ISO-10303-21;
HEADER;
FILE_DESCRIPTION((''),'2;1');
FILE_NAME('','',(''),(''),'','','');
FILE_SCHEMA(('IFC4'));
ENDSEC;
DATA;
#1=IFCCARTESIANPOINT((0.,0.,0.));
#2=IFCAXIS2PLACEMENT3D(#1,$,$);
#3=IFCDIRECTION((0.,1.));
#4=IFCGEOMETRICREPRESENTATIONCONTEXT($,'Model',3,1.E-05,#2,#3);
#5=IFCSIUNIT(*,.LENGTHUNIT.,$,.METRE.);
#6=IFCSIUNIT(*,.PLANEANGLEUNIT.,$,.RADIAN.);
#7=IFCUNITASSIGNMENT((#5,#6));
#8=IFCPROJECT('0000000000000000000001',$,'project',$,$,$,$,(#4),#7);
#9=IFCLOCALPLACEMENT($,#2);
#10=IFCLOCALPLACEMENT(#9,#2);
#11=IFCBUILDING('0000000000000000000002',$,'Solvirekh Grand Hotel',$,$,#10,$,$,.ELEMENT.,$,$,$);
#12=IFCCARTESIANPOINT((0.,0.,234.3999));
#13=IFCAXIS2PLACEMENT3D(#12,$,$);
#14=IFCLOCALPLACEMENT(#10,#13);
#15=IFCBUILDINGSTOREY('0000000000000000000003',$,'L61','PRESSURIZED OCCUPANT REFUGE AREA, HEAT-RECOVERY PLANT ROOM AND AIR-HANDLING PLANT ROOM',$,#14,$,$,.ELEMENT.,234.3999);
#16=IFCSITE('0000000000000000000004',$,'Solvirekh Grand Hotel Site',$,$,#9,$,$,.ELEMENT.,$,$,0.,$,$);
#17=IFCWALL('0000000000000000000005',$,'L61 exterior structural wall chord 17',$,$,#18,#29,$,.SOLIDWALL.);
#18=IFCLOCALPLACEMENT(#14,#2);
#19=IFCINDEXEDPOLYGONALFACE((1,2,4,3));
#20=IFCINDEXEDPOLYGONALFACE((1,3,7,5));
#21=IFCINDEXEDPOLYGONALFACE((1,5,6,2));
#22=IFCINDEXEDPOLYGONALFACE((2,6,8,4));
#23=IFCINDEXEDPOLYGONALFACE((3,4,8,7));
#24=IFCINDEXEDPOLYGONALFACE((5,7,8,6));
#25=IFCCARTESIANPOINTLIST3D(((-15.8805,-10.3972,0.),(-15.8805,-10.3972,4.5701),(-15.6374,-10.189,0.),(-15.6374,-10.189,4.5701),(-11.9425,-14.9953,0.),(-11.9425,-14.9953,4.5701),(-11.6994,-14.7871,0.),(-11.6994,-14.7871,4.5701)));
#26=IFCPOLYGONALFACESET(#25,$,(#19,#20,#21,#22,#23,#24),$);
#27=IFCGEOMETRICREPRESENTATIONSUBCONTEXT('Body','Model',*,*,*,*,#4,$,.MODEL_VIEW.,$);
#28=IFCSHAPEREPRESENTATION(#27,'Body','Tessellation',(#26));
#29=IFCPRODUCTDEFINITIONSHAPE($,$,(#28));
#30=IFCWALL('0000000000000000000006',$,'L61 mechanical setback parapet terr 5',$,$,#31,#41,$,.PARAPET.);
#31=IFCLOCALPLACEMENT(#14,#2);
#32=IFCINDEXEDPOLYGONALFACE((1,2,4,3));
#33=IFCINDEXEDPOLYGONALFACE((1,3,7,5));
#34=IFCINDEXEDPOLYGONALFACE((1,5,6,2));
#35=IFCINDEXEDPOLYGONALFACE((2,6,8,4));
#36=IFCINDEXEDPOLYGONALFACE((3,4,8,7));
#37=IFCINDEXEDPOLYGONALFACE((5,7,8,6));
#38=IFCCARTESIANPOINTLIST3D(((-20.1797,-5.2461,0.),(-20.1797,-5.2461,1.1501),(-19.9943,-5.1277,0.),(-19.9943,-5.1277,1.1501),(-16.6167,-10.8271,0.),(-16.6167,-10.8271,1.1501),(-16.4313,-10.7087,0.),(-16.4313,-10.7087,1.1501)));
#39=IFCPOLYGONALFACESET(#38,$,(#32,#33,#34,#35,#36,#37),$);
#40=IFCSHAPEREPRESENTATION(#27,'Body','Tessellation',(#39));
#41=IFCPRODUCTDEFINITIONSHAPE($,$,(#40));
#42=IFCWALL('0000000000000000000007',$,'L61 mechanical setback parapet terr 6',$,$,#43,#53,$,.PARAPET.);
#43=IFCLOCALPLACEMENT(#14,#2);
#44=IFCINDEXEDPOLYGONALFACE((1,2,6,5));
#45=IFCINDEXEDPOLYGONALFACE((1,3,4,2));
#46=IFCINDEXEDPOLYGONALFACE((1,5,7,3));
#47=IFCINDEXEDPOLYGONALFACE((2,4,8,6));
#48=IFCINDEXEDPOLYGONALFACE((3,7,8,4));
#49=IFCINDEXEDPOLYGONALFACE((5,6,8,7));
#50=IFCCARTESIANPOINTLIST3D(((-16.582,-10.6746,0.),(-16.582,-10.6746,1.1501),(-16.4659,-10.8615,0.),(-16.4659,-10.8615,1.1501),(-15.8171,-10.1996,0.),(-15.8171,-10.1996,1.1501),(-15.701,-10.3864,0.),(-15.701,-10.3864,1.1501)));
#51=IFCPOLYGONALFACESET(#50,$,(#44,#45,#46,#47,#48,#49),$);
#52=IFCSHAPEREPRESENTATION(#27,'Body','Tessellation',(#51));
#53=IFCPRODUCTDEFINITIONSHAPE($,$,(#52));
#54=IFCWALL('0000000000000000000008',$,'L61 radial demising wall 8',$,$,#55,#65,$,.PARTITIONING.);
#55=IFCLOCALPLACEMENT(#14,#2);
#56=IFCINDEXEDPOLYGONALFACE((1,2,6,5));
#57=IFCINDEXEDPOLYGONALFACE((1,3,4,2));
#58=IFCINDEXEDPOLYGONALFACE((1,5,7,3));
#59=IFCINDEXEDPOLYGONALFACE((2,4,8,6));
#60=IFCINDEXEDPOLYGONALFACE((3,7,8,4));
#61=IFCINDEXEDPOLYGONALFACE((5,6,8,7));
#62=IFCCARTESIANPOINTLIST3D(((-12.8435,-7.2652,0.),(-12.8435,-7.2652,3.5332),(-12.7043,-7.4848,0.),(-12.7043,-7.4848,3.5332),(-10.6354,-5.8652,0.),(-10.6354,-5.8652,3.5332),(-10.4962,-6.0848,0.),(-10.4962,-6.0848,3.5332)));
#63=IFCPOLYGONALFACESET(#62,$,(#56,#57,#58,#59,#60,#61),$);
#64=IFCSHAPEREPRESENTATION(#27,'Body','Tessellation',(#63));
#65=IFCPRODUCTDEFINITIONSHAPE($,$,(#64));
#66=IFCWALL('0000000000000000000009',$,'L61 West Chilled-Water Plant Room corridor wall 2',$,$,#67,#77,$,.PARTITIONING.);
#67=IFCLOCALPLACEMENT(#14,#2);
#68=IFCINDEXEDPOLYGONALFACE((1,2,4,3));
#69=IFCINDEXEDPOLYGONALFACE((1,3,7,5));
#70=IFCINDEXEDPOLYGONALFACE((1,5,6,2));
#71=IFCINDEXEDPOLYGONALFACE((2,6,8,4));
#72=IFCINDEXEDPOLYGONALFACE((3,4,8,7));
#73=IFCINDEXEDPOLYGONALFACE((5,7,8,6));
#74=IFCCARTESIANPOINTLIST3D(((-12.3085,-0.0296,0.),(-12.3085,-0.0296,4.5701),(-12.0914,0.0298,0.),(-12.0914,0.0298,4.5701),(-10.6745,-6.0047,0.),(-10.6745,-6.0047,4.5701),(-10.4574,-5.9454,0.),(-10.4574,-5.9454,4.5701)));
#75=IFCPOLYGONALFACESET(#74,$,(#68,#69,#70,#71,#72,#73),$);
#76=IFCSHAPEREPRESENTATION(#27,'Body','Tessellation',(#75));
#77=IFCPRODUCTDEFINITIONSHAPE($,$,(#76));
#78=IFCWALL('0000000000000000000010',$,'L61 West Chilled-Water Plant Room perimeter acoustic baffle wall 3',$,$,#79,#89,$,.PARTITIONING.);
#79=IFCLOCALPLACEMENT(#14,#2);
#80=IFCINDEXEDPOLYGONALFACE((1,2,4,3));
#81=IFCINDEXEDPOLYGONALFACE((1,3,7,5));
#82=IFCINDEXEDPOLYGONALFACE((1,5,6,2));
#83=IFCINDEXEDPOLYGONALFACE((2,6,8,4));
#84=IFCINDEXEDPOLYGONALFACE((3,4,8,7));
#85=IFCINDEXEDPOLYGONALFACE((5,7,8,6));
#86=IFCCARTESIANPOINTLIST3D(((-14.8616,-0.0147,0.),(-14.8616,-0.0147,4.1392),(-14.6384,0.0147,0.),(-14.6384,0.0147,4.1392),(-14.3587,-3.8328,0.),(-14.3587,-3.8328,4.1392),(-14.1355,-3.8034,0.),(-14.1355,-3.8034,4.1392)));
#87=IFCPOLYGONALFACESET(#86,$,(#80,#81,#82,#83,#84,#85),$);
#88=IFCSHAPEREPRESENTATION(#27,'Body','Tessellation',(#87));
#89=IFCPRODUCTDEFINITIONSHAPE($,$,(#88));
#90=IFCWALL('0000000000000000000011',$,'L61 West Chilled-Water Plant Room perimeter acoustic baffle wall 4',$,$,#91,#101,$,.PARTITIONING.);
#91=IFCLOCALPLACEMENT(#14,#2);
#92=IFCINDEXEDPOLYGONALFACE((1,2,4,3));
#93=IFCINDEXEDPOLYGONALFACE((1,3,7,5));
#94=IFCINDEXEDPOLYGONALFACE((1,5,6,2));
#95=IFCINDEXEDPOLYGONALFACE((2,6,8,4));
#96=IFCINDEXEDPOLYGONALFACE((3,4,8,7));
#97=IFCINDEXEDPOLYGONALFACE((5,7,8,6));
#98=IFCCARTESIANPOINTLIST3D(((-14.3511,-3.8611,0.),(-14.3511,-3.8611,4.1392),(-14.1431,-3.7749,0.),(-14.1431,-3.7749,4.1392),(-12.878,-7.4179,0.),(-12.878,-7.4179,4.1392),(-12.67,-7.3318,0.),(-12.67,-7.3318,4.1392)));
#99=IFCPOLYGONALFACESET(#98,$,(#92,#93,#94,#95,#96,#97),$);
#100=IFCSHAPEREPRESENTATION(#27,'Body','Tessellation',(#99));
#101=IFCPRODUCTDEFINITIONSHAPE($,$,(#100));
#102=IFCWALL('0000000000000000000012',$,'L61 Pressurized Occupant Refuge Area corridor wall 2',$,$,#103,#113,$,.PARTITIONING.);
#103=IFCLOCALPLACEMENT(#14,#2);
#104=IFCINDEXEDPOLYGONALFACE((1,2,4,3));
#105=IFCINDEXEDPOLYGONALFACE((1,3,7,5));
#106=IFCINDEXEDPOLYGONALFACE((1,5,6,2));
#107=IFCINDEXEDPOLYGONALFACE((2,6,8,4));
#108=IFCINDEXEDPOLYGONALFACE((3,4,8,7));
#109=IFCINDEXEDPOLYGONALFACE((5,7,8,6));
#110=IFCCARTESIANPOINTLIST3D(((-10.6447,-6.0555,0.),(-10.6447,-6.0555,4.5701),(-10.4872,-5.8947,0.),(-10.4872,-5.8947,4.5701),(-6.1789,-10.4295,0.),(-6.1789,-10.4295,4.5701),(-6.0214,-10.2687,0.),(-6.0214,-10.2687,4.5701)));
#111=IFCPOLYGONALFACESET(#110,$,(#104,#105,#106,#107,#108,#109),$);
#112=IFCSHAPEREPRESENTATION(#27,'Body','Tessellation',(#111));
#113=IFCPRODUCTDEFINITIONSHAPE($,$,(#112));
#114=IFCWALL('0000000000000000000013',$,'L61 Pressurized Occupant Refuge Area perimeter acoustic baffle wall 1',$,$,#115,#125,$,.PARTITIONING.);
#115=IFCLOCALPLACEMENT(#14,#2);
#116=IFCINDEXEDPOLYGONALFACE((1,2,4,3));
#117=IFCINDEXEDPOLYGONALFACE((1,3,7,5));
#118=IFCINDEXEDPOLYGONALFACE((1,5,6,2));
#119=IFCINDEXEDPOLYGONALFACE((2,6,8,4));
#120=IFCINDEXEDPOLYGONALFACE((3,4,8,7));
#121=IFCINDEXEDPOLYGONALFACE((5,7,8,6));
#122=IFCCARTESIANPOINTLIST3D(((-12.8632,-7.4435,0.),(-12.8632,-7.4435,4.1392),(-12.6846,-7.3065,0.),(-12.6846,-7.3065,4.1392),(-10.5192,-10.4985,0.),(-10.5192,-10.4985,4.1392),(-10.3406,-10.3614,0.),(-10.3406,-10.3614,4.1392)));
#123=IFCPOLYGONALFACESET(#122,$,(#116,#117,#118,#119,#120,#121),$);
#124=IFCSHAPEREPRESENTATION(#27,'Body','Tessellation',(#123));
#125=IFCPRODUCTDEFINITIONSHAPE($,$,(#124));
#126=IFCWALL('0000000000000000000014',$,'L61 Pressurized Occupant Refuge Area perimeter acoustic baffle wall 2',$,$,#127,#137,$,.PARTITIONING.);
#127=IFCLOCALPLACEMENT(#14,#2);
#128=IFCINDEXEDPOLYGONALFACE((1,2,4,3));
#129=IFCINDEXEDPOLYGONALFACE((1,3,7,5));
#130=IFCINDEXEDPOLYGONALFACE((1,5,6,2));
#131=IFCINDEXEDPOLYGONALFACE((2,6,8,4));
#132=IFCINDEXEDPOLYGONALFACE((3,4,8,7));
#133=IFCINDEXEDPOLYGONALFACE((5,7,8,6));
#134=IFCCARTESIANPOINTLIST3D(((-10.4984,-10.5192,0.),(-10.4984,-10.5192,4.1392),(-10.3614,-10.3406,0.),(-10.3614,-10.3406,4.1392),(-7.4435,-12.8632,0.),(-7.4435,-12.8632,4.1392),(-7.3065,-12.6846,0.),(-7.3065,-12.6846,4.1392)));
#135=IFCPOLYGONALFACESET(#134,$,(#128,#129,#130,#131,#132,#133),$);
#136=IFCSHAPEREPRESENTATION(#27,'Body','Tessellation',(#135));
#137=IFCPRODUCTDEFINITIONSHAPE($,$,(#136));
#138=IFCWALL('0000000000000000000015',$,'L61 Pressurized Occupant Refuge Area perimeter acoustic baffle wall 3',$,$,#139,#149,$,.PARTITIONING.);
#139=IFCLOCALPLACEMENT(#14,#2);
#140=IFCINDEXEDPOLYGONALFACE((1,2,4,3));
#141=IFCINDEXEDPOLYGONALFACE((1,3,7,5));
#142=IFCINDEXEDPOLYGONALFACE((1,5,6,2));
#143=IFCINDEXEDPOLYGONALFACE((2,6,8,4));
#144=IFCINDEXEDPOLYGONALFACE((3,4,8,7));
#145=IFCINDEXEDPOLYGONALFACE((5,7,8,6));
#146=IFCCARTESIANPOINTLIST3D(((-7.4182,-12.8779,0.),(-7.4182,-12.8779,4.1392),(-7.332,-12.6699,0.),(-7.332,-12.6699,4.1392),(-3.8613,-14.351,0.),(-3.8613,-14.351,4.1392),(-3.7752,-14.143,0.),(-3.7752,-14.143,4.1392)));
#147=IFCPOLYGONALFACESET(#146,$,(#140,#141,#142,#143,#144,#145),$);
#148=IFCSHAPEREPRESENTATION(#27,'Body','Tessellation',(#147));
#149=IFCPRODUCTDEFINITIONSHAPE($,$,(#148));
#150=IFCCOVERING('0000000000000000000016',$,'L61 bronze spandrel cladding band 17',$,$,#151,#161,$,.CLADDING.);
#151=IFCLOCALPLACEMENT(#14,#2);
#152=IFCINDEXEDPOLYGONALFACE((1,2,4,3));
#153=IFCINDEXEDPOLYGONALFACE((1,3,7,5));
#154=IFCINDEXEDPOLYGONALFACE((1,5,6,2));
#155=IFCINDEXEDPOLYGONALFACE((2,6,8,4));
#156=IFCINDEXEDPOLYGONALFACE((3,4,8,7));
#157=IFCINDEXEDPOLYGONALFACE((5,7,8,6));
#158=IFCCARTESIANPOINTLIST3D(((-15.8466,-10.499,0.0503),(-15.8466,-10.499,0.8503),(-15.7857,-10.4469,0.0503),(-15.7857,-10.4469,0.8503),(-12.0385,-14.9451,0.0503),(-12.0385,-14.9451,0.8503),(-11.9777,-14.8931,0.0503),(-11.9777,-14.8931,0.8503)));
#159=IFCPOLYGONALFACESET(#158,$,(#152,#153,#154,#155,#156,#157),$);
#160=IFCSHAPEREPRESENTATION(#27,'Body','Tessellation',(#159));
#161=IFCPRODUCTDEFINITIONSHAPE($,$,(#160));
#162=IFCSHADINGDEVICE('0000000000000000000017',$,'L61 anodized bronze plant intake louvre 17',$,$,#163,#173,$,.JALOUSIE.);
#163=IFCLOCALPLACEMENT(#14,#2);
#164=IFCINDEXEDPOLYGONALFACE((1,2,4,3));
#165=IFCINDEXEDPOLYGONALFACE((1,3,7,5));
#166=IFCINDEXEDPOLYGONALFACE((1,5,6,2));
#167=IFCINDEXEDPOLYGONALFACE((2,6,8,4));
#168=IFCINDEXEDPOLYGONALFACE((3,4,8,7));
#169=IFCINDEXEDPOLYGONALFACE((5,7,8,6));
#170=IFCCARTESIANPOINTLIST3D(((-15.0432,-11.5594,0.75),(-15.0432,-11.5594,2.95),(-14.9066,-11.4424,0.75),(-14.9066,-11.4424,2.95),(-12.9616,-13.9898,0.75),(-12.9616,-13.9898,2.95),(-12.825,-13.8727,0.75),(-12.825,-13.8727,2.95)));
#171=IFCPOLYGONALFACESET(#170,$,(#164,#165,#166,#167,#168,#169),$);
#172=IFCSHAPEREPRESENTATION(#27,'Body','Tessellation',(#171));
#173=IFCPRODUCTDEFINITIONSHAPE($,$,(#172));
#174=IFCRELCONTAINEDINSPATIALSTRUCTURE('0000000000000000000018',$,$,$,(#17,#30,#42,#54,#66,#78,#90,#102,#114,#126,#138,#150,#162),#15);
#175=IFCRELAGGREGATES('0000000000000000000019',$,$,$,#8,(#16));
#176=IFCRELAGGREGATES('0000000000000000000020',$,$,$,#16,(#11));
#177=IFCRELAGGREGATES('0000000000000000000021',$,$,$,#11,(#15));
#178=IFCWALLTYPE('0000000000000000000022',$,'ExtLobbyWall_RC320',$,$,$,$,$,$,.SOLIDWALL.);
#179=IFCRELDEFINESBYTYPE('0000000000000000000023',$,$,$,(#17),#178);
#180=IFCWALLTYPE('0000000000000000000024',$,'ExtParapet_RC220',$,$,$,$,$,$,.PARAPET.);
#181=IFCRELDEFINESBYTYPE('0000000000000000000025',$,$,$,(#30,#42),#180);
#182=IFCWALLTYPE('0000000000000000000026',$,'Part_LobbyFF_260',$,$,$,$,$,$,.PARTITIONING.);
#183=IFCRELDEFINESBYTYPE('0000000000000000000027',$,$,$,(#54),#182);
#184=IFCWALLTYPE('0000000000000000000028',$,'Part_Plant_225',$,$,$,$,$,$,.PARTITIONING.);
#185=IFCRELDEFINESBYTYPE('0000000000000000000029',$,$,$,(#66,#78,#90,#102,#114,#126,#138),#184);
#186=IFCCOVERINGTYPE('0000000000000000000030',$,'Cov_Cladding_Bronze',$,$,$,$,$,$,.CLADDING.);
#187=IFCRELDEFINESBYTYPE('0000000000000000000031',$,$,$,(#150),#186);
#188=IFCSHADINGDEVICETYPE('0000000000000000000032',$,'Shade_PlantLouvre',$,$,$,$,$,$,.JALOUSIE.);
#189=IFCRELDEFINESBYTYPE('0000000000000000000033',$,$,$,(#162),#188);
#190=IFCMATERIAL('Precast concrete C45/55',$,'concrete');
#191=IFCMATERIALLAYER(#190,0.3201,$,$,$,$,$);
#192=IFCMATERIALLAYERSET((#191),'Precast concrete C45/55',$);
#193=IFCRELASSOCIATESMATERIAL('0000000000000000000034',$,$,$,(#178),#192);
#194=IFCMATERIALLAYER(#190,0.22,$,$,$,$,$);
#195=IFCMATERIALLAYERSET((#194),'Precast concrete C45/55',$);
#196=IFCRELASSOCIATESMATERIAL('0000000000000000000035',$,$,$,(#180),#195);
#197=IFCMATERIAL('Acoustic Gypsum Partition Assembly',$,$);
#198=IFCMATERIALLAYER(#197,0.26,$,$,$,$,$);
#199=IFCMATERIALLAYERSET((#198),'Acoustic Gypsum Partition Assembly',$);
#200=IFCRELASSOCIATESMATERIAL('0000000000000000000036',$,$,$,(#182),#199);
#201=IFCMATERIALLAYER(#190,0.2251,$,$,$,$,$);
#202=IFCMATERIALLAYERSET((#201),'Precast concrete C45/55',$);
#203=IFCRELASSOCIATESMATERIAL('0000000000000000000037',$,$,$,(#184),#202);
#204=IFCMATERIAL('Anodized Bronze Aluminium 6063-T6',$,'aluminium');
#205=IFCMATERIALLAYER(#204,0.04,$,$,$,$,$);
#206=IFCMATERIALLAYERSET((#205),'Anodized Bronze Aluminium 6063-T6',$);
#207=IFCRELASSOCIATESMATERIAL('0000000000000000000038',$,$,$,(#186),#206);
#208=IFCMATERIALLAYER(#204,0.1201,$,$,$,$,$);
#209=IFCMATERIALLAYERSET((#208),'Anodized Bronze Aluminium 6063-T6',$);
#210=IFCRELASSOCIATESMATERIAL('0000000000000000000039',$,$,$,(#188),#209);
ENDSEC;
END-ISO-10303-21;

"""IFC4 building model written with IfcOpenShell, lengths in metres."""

from ifc_helpers import new_model, si_unit, direction, frame, frame_2d, origin, origin_2d, place, context, subcontext, project, spatial, rectangle, extrude, material, layer, layer_set, type_object, element, save


model = new_model("IFC4")

# Units and contexts
model_context = context("Model", 3, precision=1e-05, world=origin(), true_north=direction((0.0, 1.0)))
body_context = subcontext(model_context, "Body", "Model", "MODEL_VIEW")
ifc_project = project(units=[si_unit("LENGTHUNIT", "METRE"), si_unit("PLANEANGLEUNIT", "RADIAN")], contexts=[model_context])

# Site, building, storey
site_placement = place(None, origin())
site = spatial("IfcSite", under=ifc_project, at=site_placement, Name="Solvirekh Grand Hotel Site", CompositionType="ELEMENT", RefElevation=0.0)
building_placement = place(site_placement, origin())
building = spatial("IfcBuilding", under=site, at=building_placement, Name="Solvirekh Grand Hotel", CompositionType="ELEMENT")
storey_placement = place(building_placement, frame((0.0, 0.0, 234.3999)))
storey = spatial("IfcBuildingStorey", under=building, at=storey_placement, Name="L61", Description="PRESSURIZED OCCUPANT REFUGE AREA, HEAT-RECOVERY PLANT ROOM AND AIR-HANDLING PLANT ROOM", CompositionType="ELEMENT", Elevation=234.3999)

# Walls
ifc_material_1 = material(Name="Precast concrete C45/55", Category="concrete")
ifc_layer_1 = layer(ifc_material_1, 0.3201)
ifc_layer_set_1 = layer_set([ifc_layer_1], Name="Precast concrete C45/55")
wall_type_1 = type_object("IfcWallType", Name="ExtLobbyWall_RC320", PredefinedType="SOLIDWALL", material=ifc_layer_set_1)
wall_1_placement = place(storey_placement, frame((-11.821, -14.8911, 0.0), z_axis=(0.0, 0.0, 1.0), x_axis=(-0.650479, 0.759524, 0.0)))
element("IfcWall", 1, at=wall_1_placement, inside=storey, type_object=wall_type_1, Name="L61 exterior structural wall chord 17", PredefinedType="SOLIDWALL", context=body_context, shape_type="SweptSolid", body=[
    extrude(rectangle(XDim=6.054, YDim=0.3201, at=frame_2d((3.0269, 0.0))), origin(), (0.0, 0.0, 1.0), 4.5701),
])
ifc_layer_2 = layer(ifc_material_1, 0.22)
ifc_layer_set_2 = layer_set([ifc_layer_2], Name="Precast concrete C45/55")
wall_type_2 = type_object("IfcWallType", Name="ExtParapet_RC220", PredefinedType="PARAPET", material=ifc_layer_set_2)
wall_2_placement = place(storey_placement, frame((-20.0869, -5.187, 0.0), z_axis=(0.0, 0.0, 1.0), x_axis=(0.538101, -0.84288, 0.0)))
element("IfcWall", 2, at=wall_2_placement, inside=storey, type_object=wall_type_2, Name="L61 mechanical setback parapet terr 5", PredefinedType="PARAPET", context=body_context, shape_type="SweptSolid", body=[
    extrude(rectangle(XDim=6.6213, YDim=0.22, at=frame_2d((3.3105, 0.0))), origin(), (0.0, 0.0, 1.0), 1.1501),
])
wall_3_placement = place(storey_placement, frame((-16.5239, -10.7681, 0.0), z_axis=(0.0, 0.0, 1.0), x_axis=(0.849473, 0.527633, 0.0)))
element("IfcWall", 3, at=wall_3_placement, inside=storey, type_object=wall_type_2, Name="L61 mechanical setback parapet terr 6", PredefinedType="PARAPET", context=body_context, shape_type="SweptSolid", body=[
    extrude(rectangle(XDim=0.9004, YDim=0.22, at=frame_2d((0.4502, 0.0))), origin(), (0.0, 0.0, 1.0), 1.1501),
])
ifc_material_2 = material(Name="Acoustic Gypsum Partition Assembly")
ifc_layer_3 = layer(ifc_material_2, 0.26)
ifc_layer_set_3 = layer_set([ifc_layer_3], Name="Acoustic Gypsum Partition Assembly")
wall_type_3 = type_object("IfcWallType", Name="Part_LobbyFF_260", PredefinedType="PARTITIONING", material=ifc_layer_set_3)
wall_4_placement = place(storey_placement, frame((-10.5659, -5.9751, 0.0), z_axis=(0.0, 0.0, 1.0), x_axis=(-0.84456, -0.535461, 0.0)))
element("IfcWall", 4, at=wall_4_placement, inside=storey, type_object=wall_type_3, Name="L61 radial demising wall 8", PredefinedType="PARTITIONING", context=body_context, shape_type="SweptSolid", body=[
    extrude(rectangle(XDim=2.6145, YDim=0.26, at=frame_2d((1.3071, 0.0))), origin(), (0.0, 0.0, 1.0), 3.5332),
])
ifc_layer_4 = layer(ifc_material_1, 0.2251)
ifc_layer_set_4 = layer_set([ifc_layer_4], Name="Precast concrete C45/55")
wall_type_4 = type_object("IfcWallType", Name="Part_Plant_225", PredefinedType="PARTITIONING", material=ifc_layer_set_4)
wall_5_placement = place(storey_placement, frame((-12.2, 0.0, 0.0), z_axis=(0.0, 0.0, 1.0), x_axis=(0.263788, -0.964581, 0.0)))
element("IfcWall", 5, at=wall_5_placement, inside=storey, type_object=wall_type_4, Name="L61 West Chilled-Water Plant Room corridor wall 2", PredefinedType="PARTITIONING", context=body_context, shape_type="SweptSolid", body=[
    extrude(rectangle(XDim=6.1946, YDim=0.2251, at=frame_2d((3.0972, 0.0))), origin(), (0.0, 0.0, 1.0), 4.5701),
])
wall_6_placement = place(storey_placement, frame((-14.75, 0.0, 0.0), z_axis=(0.0, 0.0, 1.0), x_axis=(0.130594, -0.991436, 0.0)))
element("IfcWall", 6, at=wall_6_placement, inside=storey, type_object=wall_type_4, Name="L61 West Chilled-Water Plant Room perimeter acoustic baffle wall 3", PredefinedType="PARTITIONING", context=body_context, shape_type="SweptSolid", body=[
    extrude(rectangle(XDim=3.8511, YDim=0.2251, at=frame_2d((1.9255, 0.0))), origin(), (0.0, 0.0, 1.0), 4.1392),
])
wall_7_placement = place(storey_placement, frame((-14.2471, -3.8181, 0.0), z_axis=(0.0, 0.0, 1.0), x_axis=(0.382647, -0.923895, 0.0)))
element("IfcWall", 7, at=wall_7_placement, inside=storey, type_object=wall_type_4, Name="L61 West Chilled-Water Plant Room perimeter acoustic baffle wall 4", PredefinedType="PARTITIONING", context=body_context, shape_type="SweptSolid", body=[
    extrude(rectangle(XDim=3.8499, YDim=0.2251, at=frame_2d((1.9248, 0.0))), origin(), (0.0, 0.0, 1.0), 4.1392),
])
wall_8_placement = place(storey_placement, frame((-10.5659, -5.9751, 0.0), z_axis=(0.0, 0.0, 1.0), x_axis=(0.714411, -0.699726, 0.0)))
element("IfcWall", 8, at=wall_8_placement, inside=storey, type_object=wall_type_4, Name="L61 Pressurized Occupant Refuge Area corridor wall 2", PredefinedType="PARTITIONING", context=body_context, shape_type="SweptSolid", body=[
    extrude(rectangle(XDim=6.251, YDim=0.2251, at=frame_2d((3.1255, 0.0))), origin(), (0.0, 0.0, 1.0), 4.5701),
])
for number, where, z_axis, x_axis, name in (
    (9, (-12.7739, -7.375, 0.0), (0.0, 0.0, 1.0), (0.608739, -0.793371, 0.0), "L61 Pressurized Occupant Refuge Area perimeter acoustic baffle wall 1"),
    (10, (-10.4299, -10.4299, 0.0), (0.0, 0.0, 1.0), (0.793371, -0.608739, 0.0), "L61 Pressurized Occupant Refuge Area perimeter acoustic baffle wall 2"),
):
    element("IfcWall", number, at=place(storey_placement, frame(where, z_axis=z_axis, x_axis=x_axis)), inside=storey, type_object=wall_type_4, Name=name, PredefinedType="PARTITIONING", context=body_context, shape_type="SweptSolid", body=[
        extrude(rectangle(XDim=3.8506, YDim=0.2251, at=frame_2d((1.9253, 0.0))), origin(), (0.0, 0.0, 1.0), 4.1392),
    ])
wall_9_placement = place(storey_placement, frame((-7.375, -12.7739, 0.0), z_axis=(0.0, 0.0, 1.0), x_axis=(0.923895, -0.382647, 0.0)))
element("IfcWall", 11, at=wall_9_placement, inside=storey, type_object=wall_type_4, Name="L61 Pressurized Occupant Refuge Area perimeter acoustic baffle wall 3", PredefinedType="PARTITIONING", context=body_context, shape_type="SweptSolid", body=[
    extrude(rectangle(XDim=3.8499, YDim=0.2251, at=frame_2d((1.9248, 0.0))), origin(), (0.0, 0.0, 1.0), 4.1392),
])

# Covering
ifc_material_3 = material(Name="Anodized Bronze Aluminium 6063-T6", Category="aluminium")
ifc_layer_5 = layer(ifc_material_3, 0.04)
ifc_layer_set_5 = layer_set([ifc_layer_5], Name="Anodized Bronze Aluminium 6063-T6")
covering_type = type_object("IfcCoveringType", Name="Cov_Cladding_Bronze", PredefinedType="CLADDING", material=ifc_layer_set_5)
covering_placement = place(storey_placement, frame((-13.9121, -12.696, 0.0503), z_axis=(0.0, 0.0, 1.0), x_axis=(-0.650509, 0.759498, 0.0)))
element("IfcCovering", 12, at=covering_placement, inside=storey, type_object=covering_type, Name="L61 bronze spandrel cladding band 17", PredefinedType="CLADDING", context=body_context, shape_type="SweptSolid", body=[
    extrude(rectangle(XDim=5.854, YDim=0.0801, at=origin_2d()), origin(), (0.0, 0.0, 1.0), 0.8),
])

# Shading device
ifc_layer_6 = layer(ifc_material_3, 0.1201)
ifc_layer_set_6 = layer_set([ifc_layer_6], Name="Anodized Bronze Aluminium 6063-T6")
shading_device_type = type_object("IfcShadingDeviceType", Name="Shade_PlantLouvre", PredefinedType="JALOUSIE", material=ifc_layer_set_6)
shading_device_placement = place(storey_placement, frame((-13.9341, -12.7161, 0.75), z_axis=(0.0, 0.0, 1.0), x_axis=(-0.650509, 0.759498, 0.0)))
element("IfcShadingDevice", 13, at=shading_device_placement, inside=storey, type_object=shading_device_type, Name="L61 anodized bronze plant intake louvre 17", PredefinedType="JALOUSIE", context=body_context, shape_type="SweptSolid", body=[
    extrude(rectangle(XDim=3.2, YDim=0.1799, at=origin_2d()), origin(), (0.0, 0.0, 1.0), 2.2),
])

save(model, "model.ifc")
